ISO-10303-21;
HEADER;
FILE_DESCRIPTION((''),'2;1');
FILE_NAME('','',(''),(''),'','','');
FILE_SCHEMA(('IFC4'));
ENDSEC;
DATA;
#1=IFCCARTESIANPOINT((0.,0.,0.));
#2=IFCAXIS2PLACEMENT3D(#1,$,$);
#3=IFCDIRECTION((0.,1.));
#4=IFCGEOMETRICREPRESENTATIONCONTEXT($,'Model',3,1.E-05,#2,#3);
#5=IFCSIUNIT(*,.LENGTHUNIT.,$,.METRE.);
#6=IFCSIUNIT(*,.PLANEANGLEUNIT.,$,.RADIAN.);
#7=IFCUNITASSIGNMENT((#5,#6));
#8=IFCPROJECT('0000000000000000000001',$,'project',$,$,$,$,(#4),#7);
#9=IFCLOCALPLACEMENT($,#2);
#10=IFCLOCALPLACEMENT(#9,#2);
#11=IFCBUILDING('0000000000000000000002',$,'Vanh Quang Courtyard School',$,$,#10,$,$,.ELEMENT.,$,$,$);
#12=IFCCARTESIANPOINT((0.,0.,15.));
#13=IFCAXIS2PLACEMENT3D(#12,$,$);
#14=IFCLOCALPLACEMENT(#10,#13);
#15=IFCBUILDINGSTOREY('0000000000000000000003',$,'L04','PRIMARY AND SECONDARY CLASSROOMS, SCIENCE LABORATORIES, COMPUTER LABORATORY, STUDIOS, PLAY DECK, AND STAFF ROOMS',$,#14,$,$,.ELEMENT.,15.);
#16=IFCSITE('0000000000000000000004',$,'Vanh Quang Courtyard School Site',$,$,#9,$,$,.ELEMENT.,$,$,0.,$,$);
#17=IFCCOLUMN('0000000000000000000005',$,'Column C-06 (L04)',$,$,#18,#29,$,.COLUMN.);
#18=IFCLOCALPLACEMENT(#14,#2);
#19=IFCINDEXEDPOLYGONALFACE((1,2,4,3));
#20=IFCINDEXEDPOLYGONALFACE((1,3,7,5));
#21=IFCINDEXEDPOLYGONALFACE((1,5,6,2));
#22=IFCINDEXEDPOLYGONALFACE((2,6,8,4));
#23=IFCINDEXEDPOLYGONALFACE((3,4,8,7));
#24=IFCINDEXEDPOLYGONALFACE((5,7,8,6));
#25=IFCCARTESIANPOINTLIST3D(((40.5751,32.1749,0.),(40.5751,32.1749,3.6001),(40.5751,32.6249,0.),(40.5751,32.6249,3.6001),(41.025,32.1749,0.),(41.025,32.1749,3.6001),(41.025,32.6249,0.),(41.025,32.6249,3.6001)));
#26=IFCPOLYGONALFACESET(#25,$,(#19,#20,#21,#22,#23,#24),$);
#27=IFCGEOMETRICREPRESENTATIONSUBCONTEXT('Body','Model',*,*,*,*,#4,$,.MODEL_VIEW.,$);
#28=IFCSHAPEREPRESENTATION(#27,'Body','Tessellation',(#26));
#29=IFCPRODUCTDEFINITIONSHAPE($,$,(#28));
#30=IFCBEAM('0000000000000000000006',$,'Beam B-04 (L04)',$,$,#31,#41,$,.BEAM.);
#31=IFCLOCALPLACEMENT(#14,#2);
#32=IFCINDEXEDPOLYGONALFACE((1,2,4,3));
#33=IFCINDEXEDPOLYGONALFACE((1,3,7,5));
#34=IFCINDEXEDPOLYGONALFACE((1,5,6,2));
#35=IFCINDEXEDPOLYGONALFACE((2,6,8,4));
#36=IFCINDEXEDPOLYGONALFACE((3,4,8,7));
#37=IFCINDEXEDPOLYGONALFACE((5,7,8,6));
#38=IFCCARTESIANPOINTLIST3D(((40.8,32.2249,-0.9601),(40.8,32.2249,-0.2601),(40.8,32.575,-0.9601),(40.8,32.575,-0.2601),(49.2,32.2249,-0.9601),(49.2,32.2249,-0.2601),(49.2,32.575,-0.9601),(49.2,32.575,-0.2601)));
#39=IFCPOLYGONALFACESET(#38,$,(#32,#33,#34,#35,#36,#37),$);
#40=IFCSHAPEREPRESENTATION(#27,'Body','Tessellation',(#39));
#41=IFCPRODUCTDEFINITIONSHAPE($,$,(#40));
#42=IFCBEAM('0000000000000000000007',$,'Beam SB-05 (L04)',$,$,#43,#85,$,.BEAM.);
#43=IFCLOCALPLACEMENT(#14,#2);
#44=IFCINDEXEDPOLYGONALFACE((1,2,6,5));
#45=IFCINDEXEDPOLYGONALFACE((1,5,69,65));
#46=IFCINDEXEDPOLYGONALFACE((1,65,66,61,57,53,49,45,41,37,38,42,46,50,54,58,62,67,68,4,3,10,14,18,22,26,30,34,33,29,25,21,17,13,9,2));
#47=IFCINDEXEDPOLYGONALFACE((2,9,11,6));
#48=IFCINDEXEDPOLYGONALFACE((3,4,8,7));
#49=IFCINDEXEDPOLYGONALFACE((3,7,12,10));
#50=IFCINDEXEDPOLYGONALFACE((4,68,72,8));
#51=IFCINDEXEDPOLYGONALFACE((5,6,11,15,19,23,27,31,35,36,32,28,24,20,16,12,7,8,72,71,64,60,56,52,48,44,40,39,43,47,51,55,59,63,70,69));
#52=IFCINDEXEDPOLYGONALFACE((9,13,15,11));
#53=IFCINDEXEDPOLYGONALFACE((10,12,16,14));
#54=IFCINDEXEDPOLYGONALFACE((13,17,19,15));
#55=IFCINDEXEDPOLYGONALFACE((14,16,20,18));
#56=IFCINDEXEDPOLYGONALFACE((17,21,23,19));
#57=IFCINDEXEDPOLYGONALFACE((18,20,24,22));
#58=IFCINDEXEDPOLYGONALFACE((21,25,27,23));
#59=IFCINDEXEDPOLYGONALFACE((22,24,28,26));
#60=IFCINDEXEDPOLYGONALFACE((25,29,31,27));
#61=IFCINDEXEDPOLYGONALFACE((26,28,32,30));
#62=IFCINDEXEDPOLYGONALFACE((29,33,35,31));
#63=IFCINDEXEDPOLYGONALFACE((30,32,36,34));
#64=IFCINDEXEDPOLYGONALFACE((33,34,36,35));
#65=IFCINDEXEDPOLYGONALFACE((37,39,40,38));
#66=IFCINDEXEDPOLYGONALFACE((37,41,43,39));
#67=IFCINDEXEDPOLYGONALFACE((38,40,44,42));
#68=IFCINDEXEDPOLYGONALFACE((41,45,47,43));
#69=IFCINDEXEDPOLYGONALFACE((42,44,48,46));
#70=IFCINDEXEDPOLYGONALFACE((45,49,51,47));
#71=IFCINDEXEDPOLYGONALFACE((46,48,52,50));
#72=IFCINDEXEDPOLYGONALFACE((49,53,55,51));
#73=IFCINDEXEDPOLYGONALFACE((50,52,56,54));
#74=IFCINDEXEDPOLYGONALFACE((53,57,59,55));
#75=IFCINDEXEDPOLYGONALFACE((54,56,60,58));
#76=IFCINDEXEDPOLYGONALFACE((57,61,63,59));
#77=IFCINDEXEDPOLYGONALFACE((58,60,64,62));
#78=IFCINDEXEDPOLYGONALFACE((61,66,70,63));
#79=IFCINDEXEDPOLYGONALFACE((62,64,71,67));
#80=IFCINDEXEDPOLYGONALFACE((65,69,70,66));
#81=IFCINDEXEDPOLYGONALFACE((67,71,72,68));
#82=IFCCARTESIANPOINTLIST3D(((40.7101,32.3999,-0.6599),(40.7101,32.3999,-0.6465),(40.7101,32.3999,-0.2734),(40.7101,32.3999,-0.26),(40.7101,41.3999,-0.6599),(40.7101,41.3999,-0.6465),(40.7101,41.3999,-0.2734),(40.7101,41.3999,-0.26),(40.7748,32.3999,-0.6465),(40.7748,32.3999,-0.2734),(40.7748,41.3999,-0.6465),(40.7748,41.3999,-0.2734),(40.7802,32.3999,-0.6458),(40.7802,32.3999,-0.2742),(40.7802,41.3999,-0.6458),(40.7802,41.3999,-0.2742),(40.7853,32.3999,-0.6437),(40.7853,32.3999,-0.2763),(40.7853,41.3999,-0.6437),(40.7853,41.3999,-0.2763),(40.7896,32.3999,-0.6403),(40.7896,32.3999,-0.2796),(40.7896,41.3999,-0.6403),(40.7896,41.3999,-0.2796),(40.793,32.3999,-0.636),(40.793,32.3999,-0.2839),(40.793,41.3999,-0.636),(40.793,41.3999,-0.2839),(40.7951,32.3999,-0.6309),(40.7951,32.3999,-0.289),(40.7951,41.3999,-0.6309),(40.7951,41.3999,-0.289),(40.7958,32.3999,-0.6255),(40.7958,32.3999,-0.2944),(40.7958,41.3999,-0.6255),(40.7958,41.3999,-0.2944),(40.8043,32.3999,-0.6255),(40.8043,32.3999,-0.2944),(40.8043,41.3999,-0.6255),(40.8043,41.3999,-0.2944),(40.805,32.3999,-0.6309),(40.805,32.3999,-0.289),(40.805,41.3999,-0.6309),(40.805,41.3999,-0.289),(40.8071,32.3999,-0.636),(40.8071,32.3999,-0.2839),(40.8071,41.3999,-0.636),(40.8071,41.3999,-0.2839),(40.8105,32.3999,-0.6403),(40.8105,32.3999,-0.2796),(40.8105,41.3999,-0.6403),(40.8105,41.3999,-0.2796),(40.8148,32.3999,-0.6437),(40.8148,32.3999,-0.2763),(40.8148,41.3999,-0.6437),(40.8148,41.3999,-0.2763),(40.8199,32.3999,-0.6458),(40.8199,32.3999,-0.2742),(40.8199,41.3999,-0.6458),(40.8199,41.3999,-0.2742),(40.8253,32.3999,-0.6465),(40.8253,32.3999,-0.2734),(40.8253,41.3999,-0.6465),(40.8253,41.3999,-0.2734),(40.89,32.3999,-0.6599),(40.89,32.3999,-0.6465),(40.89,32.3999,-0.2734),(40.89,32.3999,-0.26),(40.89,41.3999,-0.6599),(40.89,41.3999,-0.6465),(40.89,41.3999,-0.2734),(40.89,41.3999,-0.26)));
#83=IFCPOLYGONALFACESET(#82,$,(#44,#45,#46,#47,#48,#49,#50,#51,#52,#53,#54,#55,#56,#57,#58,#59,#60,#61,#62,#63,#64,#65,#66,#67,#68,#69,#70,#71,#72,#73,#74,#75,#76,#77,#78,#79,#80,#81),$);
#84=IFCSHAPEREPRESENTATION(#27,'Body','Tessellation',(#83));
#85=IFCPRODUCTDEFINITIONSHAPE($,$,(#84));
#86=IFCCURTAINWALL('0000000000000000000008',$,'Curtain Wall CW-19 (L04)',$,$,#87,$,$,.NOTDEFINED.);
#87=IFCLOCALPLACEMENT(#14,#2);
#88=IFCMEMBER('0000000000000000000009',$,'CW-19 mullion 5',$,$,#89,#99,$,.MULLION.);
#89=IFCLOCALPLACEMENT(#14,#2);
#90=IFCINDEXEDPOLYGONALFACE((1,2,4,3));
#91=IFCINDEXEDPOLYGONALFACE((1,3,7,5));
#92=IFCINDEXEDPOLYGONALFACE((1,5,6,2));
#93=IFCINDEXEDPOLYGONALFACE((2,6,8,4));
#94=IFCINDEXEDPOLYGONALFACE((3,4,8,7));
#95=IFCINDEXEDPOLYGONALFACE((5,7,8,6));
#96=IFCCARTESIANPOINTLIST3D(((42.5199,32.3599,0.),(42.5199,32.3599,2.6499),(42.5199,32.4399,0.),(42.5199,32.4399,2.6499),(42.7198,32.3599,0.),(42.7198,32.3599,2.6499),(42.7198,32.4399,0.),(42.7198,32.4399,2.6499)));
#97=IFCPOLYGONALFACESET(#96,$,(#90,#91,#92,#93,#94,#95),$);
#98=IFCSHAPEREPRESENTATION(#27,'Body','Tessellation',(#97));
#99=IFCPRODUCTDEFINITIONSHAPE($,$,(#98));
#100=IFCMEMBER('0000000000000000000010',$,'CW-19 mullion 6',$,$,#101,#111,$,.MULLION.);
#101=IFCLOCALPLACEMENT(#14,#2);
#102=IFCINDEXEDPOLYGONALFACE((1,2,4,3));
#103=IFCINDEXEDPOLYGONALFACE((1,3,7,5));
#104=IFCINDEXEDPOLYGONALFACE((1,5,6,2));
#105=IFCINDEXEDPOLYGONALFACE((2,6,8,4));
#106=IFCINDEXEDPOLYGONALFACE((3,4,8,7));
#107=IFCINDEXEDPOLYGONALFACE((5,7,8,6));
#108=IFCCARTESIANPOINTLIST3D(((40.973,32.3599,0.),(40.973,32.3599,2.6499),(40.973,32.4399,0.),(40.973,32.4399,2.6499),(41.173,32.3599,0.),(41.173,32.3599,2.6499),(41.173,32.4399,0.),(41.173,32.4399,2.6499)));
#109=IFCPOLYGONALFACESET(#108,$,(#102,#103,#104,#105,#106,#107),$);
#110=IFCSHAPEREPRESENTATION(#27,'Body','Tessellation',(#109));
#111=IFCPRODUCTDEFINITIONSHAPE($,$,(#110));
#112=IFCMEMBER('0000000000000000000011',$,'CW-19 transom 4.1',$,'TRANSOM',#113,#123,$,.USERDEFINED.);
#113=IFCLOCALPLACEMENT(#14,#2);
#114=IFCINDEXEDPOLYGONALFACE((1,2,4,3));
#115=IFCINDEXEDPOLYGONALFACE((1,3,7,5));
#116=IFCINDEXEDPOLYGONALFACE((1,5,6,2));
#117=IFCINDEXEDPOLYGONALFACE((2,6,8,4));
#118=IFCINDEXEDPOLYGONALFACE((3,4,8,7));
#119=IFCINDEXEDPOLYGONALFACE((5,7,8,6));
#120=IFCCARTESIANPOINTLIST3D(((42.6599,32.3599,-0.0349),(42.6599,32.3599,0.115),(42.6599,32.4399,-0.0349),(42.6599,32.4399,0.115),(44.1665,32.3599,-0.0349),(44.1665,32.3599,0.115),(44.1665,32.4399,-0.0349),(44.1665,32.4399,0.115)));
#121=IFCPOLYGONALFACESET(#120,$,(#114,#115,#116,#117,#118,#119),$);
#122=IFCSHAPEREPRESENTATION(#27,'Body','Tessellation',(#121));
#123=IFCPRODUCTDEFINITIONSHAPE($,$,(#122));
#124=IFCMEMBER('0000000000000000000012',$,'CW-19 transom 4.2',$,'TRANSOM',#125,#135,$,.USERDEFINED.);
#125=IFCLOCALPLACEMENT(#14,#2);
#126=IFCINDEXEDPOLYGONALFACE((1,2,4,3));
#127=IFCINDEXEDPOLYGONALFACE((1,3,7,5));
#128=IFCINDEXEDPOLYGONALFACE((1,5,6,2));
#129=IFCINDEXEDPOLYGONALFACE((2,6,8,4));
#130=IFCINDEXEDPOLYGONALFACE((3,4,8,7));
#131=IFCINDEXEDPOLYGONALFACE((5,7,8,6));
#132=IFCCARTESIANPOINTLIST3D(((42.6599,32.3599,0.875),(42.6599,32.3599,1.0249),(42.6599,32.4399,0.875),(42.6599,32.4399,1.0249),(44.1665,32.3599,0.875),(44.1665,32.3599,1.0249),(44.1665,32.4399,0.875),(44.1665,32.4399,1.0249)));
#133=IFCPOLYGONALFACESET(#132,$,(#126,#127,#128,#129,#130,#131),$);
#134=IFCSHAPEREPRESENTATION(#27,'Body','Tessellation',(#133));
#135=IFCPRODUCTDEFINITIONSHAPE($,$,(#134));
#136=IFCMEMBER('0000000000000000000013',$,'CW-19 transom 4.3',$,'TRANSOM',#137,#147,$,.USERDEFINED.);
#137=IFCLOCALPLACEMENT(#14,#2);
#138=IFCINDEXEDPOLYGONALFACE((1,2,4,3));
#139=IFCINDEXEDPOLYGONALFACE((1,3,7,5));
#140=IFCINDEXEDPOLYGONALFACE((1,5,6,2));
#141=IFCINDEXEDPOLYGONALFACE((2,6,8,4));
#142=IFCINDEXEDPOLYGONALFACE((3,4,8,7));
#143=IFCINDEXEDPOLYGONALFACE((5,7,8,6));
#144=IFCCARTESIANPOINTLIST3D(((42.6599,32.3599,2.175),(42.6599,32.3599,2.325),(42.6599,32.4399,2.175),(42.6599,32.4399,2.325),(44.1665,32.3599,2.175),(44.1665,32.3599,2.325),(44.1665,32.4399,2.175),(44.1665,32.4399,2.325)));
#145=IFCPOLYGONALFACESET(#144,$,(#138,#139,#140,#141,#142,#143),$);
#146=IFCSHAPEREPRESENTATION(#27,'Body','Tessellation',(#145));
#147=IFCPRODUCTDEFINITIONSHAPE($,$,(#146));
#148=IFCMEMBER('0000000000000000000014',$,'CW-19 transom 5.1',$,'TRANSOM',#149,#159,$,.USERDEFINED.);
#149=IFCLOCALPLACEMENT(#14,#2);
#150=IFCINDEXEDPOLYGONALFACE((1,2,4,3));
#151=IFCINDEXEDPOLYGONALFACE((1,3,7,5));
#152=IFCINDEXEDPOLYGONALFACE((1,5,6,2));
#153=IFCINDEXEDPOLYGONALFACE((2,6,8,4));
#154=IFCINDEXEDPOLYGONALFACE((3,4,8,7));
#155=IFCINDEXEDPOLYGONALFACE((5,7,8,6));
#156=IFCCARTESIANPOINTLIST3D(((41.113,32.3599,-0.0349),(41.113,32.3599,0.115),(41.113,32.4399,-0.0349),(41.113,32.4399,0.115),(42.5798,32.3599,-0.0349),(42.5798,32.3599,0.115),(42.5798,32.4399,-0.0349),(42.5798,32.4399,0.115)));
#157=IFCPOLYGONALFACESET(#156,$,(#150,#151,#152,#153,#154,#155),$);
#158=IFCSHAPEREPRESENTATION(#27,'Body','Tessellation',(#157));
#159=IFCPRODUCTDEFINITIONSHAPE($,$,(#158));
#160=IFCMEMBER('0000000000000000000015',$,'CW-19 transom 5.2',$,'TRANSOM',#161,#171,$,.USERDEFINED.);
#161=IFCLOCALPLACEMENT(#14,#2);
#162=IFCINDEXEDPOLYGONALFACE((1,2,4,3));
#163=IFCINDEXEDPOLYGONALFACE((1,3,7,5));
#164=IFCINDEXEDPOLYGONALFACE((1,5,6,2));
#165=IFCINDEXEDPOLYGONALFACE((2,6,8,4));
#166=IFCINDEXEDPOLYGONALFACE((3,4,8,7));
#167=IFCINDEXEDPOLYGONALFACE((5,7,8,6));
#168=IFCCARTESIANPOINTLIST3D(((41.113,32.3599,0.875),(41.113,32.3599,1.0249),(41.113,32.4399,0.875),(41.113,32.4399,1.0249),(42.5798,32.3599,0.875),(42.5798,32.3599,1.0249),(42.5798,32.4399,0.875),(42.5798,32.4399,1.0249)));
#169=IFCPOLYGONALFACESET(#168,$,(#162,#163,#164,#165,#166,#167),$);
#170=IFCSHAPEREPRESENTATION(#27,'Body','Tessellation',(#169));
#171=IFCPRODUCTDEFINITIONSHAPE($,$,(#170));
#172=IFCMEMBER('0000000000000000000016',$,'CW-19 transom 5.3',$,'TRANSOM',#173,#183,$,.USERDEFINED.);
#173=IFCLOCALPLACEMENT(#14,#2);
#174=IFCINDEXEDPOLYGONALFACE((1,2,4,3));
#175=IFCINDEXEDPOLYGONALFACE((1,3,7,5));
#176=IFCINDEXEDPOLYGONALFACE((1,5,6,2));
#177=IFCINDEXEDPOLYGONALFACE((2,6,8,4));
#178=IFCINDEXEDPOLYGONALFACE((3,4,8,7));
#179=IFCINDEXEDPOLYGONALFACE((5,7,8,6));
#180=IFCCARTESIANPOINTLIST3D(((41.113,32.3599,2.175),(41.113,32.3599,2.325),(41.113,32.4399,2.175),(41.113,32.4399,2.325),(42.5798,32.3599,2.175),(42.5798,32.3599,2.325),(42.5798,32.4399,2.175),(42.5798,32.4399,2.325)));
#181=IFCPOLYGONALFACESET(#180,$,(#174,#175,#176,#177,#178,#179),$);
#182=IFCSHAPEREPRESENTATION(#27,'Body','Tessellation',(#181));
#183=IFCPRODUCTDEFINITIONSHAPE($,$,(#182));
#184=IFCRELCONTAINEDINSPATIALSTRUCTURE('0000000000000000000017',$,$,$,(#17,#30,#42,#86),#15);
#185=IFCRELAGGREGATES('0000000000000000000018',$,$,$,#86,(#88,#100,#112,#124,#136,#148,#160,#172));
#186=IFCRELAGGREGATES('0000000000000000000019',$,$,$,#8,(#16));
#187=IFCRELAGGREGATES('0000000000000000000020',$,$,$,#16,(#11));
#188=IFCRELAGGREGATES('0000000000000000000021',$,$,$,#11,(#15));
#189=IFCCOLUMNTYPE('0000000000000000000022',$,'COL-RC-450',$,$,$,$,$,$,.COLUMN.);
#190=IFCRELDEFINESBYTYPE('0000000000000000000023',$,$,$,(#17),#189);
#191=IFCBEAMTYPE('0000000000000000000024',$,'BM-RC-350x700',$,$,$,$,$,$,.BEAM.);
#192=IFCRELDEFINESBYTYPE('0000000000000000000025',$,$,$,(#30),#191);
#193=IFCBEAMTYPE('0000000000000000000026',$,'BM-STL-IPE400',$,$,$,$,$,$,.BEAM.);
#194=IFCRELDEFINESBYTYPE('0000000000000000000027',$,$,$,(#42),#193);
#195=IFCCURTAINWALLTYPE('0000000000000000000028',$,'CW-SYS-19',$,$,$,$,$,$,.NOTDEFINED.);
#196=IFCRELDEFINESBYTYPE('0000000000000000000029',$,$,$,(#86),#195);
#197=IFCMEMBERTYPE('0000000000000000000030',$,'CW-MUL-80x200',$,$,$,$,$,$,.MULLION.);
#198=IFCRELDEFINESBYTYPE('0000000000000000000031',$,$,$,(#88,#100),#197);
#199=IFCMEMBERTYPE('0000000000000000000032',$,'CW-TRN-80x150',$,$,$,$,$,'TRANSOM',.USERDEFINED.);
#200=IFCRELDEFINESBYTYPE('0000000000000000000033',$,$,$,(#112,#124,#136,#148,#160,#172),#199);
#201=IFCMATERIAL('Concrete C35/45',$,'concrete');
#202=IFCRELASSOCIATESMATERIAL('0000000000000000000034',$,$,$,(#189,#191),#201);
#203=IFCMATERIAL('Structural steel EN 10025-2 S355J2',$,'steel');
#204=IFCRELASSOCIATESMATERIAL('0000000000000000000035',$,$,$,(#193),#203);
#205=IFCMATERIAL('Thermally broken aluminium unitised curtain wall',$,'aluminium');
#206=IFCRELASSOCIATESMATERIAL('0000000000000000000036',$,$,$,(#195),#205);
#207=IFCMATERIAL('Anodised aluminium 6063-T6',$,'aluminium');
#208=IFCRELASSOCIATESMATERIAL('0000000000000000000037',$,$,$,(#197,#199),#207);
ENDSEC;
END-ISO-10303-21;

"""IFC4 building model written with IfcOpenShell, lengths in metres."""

from ifc_helpers import new_model, si_unit, direction, frame, origin, origin_2d, place, context, subcontext, project, spatial, rectangle, i_section, extrude, material, material_profile, profile_set, type_object, element, aggregate, save


model = new_model("IFC4")

# Units and contexts
model_context = context("Model", 3, precision=1e-05, world=origin(), true_north=direction((0.0, 1.0)))
body_context = subcontext(model_context, "Body", "Model", "MODEL_VIEW")
ifc_project = project(units=[si_unit("LENGTHUNIT", "METRE"), si_unit("PLANEANGLEUNIT", "RADIAN")], contexts=[model_context])

# Site, building, storey
site_placement = place(None, origin())
site = spatial("IfcSite", under=ifc_project, at=site_placement, Name="Vanh Quang Courtyard School Site", CompositionType="ELEMENT", RefElevation=0.0)
building_placement = place(site_placement, origin())
building = spatial("IfcBuilding", under=site, at=building_placement, Name="Vanh Quang Courtyard School", CompositionType="ELEMENT")
storey_placement = place(building_placement, frame((0.0, 0.0, 15.0)))
storey = spatial("IfcBuildingStorey", under=building, at=storey_placement, Name="L04", Description="PRIMARY AND SECONDARY CLASSROOMS, SCIENCE LABORATORIES, COMPUTER LABORATORY, STUDIOS, PLAY DECK, AND STAFF ROOMS", CompositionType="ELEMENT", Elevation=15.0)

# Column
ifc_material_1 = material(Name="Concrete C35/45", Category="concrete")
ifc_material_profile_1 = material_profile(ifc_material_1, rectangle(XDim=0.45, YDim=0.45, at=origin_2d()), Name="RC-COL 450x450")
ifc_profile_set_1 = profile_set([ifc_material_profile_1], Name="Concrete C35/45")
column_type = type_object("IfcColumnType", Name="COL-RC-450", PredefinedType="COLUMN", material=ifc_profile_set_1)
column_placement = place(storey_placement, frame((40.8, 32.3999, 0.0), z_axis=(0.0, 0.0, 1.0), x_axis=(1.0, 0.0, 0.0)))
element("IfcColumn", 1, at=column_placement, inside=storey, type_object=column_type, Name="Column C-06 (L04)", PredefinedType="COLUMN", context=body_context, shape_type="SweptSolid", body=[
    extrude(rectangle(XDim=0.45, YDim=0.45, at=origin_2d()), origin(), (0.0, 0.0, 1.0), 3.6001),
])

# Beams
ifc_material_profile_2 = material_profile(ifc_material_1, rectangle(XDim=0.3501, YDim=0.7, at=origin_2d()), Name="RC-BM 350x700")
ifc_profile_set_2 = profile_set([ifc_material_profile_2], Name="Concrete C35/45")
beam_type_1 = type_object("IfcBeamType", Name="BM-RC-350x700", PredefinedType="BEAM", material=ifc_profile_set_2)
beam_1_placement = place(storey_placement, frame((40.8, 32.3999, -0.6101), z_axis=(1.0, 0.0, 0.0), x_axis=(0.0, 1.0, 0.0)))
element("IfcBeam", 2, at=beam_1_placement, inside=storey, type_object=beam_type_1, Name="Beam B-04 (L04)", PredefinedType="BEAM", context=body_context, shape_type="SweptSolid", body=[
    extrude(rectangle(XDim=0.3501, YDim=0.7, at=origin_2d()), origin(), (0.0, 0.0, 1.0), 8.3999),
])
ifc_material_2 = material(Name="Structural steel EN 10025-2 S355J2", Category="steel")
ifc_material_profile_3 = material_profile(ifc_material_2, i_section(OverallWidth=0.1799, OverallDepth=0.3999, WebThickness=0.0085, FlangeThickness=0.0134, FilletRadius=0.021, at=origin_2d()), Name="IPE 400")
ifc_profile_set_3 = profile_set([ifc_material_profile_3], Name="Structural steel EN 10025-2 S355J2")
beam_type_2 = type_object("IfcBeamType", Name="BM-STL-IPE400", PredefinedType="BEAM", material=ifc_profile_set_3)
beam_2_placement = place(storey_placement, frame((40.8, 32.3999, -0.46), z_axis=(0.0, 1.0, 0.0), x_axis=(-1.0, 0.0, 0.0)))
element("IfcBeam", 3, at=beam_2_placement, inside=storey, type_object=beam_type_2, Name="Beam SB-05 (L04)", PredefinedType="BEAM", context=body_context, shape_type="SweptSolid", body=[
    extrude(i_section(OverallWidth=0.1799, OverallDepth=0.3999, WebThickness=0.0085, FlangeThickness=0.0134, FilletRadius=0.021, at=origin_2d()), origin(), (0.0, 0.0, 1.0), 9.0),
])

# Curtain wall, members
ifc_material_3 = material(Name="Thermally broken aluminium unitised curtain wall", Category="aluminium")
curtain_wall_type = type_object("IfcCurtainWallType", Name="CW-SYS-19", PredefinedType="NOTDEFINED", material=ifc_material_3)
curtain_wall_placement = place(storey_placement, origin())
curtain_wall = element("IfcCurtainWall", 4, at=curtain_wall_placement, inside=storey, type_object=curtain_wall_type, Name="Curtain Wall CW-19 (L04)", PredefinedType="NOTDEFINED")
ifc_material_4 = material(Name="Anodised aluminium 6063-T6", Category="aluminium")
ifc_material_profile_4 = material_profile(ifc_material_4, rectangle(XDim=0.0801, YDim=0.2, at=origin_2d()), Name="ALU-MUL 80x200")
ifc_profile_set_4 = profile_set([ifc_material_profile_4], Name="Anodised aluminium 6063-T6")
member_type_1 = type_object("IfcMemberType", Name="CW-MUL-80x200", PredefinedType="MULLION", material=ifc_profile_set_4)
member_1_placement = place(storey_placement, frame((42.6199, 32.3999, 0.0), z_axis=(0.0, 0.0, 1.0), x_axis=(0.0, -1.0, 0.0)))
member_1 = element("IfcMember", 5, at=member_1_placement, type_object=member_type_1, Name="CW-19 mullion 5", PredefinedType="MULLION", context=body_context, shape_type="SweptSolid", body=[
    extrude(rectangle(XDim=0.0801, YDim=0.2, at=origin_2d()), origin(), (0.0, 0.0, 1.0), 2.6499),
])
member_2_placement = place(storey_placement, frame((41.073, 32.3999, 0.0), z_axis=(0.0, 0.0, 1.0), x_axis=(0.0, -1.0, 0.0)))
member_2 = element("IfcMember", 6, at=member_2_placement, type_object=member_type_1, Name="CW-19 mullion 6", PredefinedType="MULLION", context=body_context, shape_type="SweptSolid", body=[
    extrude(rectangle(XDim=0.0801, YDim=0.2, at=origin_2d()), origin(), (0.0, 0.0, 1.0), 2.6499),
])
ifc_material_profile_5 = material_profile(ifc_material_4, rectangle(XDim=0.0801, YDim=0.1499, at=origin_2d()), Name="ALU-TRN 80x150")
ifc_profile_set_5 = profile_set([ifc_material_profile_5], Name="Anodised aluminium 6063-T6")
member_type_2 = type_object("IfcMemberType", Name="CW-TRN-80x150", ElementType="TRANSOM", PredefinedType="USERDEFINED", material=ifc_profile_set_5)
member_3_placement = place(storey_placement, frame((44.1665, 32.3999, 0.04), z_axis=(-1.0, 0.0, 0.0), x_axis=(0.0, -1.0, 0.0)))
member_3 = element("IfcMember", 7, at=member_3_placement, type_object=member_type_2, Name="CW-19 transom 4.1", ObjectType="TRANSOM", PredefinedType="USERDEFINED", context=body_context, shape_type="SweptSolid", body=[
    extrude(rectangle(XDim=0.0801, YDim=0.1499, at=origin_2d()), origin(), (0.0, 0.0, 1.0), 1.5066),
])
member_4_placement = place(storey_placement, frame((44.1665, 32.3999, 0.95), z_axis=(-1.0, 0.0, 0.0), x_axis=(0.0, -1.0, 0.0)))
member_4 = element("IfcMember", 8, at=member_4_placement, type_object=member_type_2, Name="CW-19 transom 4.2", ObjectType="TRANSOM", PredefinedType="USERDEFINED", context=body_context, shape_type="SweptSolid", body=[
    extrude(rectangle(XDim=0.0801, YDim=0.1499, at=origin_2d()), origin(), (0.0, 0.0, 1.0), 1.5066),
])
member_5_placement = place(storey_placement, frame((44.1665, 32.3999, 2.25), z_axis=(-1.0, 0.0, 0.0), x_axis=(0.0, -1.0, 0.0)))
member_5 = element("IfcMember", 9, at=member_5_placement, type_object=member_type_2, Name="CW-19 transom 4.3", ObjectType="TRANSOM", PredefinedType="USERDEFINED", context=body_context, shape_type="SweptSolid", body=[
    extrude(rectangle(XDim=0.0801, YDim=0.1499, at=origin_2d()), origin(), (0.0, 0.0, 1.0), 1.5066),
])
member_6_placement = place(storey_placement, frame((42.5798, 32.3999, 0.04), z_axis=(-1.0, 0.0, 0.0), x_axis=(0.0, -1.0, 0.0)))
member_6 = element("IfcMember", 10, at=member_6_placement, type_object=member_type_2, Name="CW-19 transom 5.1", ObjectType="TRANSOM", PredefinedType="USERDEFINED", context=body_context, shape_type="SweptSolid", body=[
    extrude(rectangle(XDim=0.0801, YDim=0.1499, at=origin_2d()), origin(), (0.0, 0.0, 1.0), 1.4668),
])
member_7_placement = place(storey_placement, frame((42.5798, 32.3999, 0.95), z_axis=(-1.0, 0.0, 0.0), x_axis=(0.0, -1.0, 0.0)))
member_7 = element("IfcMember", 11, at=member_7_placement, type_object=member_type_2, Name="CW-19 transom 5.2", ObjectType="TRANSOM", PredefinedType="USERDEFINED", context=body_context, shape_type="SweptSolid", body=[
    extrude(rectangle(XDim=0.0801, YDim=0.1499, at=origin_2d()), origin(), (0.0, 0.0, 1.0), 1.4668),
])
member_8_placement = place(storey_placement, frame((42.5798, 32.3999, 2.25), z_axis=(-1.0, 0.0, 0.0), x_axis=(0.0, -1.0, 0.0)))
member_8 = element("IfcMember", 12, at=member_8_placement, type_object=member_type_2, Name="CW-19 transom 5.3", ObjectType="TRANSOM", PredefinedType="USERDEFINED", context=body_context, shape_type="SweptSolid", body=[
    extrude(rectangle(XDim=0.0801, YDim=0.1499, at=origin_2d()), origin(), (0.0, 0.0, 1.0), 1.4668),
])
aggregate(curtain_wall, [member_1, member_2, member_3, member_4, member_5, member_6, member_7, member_8])

save(model, "model.ifc")
